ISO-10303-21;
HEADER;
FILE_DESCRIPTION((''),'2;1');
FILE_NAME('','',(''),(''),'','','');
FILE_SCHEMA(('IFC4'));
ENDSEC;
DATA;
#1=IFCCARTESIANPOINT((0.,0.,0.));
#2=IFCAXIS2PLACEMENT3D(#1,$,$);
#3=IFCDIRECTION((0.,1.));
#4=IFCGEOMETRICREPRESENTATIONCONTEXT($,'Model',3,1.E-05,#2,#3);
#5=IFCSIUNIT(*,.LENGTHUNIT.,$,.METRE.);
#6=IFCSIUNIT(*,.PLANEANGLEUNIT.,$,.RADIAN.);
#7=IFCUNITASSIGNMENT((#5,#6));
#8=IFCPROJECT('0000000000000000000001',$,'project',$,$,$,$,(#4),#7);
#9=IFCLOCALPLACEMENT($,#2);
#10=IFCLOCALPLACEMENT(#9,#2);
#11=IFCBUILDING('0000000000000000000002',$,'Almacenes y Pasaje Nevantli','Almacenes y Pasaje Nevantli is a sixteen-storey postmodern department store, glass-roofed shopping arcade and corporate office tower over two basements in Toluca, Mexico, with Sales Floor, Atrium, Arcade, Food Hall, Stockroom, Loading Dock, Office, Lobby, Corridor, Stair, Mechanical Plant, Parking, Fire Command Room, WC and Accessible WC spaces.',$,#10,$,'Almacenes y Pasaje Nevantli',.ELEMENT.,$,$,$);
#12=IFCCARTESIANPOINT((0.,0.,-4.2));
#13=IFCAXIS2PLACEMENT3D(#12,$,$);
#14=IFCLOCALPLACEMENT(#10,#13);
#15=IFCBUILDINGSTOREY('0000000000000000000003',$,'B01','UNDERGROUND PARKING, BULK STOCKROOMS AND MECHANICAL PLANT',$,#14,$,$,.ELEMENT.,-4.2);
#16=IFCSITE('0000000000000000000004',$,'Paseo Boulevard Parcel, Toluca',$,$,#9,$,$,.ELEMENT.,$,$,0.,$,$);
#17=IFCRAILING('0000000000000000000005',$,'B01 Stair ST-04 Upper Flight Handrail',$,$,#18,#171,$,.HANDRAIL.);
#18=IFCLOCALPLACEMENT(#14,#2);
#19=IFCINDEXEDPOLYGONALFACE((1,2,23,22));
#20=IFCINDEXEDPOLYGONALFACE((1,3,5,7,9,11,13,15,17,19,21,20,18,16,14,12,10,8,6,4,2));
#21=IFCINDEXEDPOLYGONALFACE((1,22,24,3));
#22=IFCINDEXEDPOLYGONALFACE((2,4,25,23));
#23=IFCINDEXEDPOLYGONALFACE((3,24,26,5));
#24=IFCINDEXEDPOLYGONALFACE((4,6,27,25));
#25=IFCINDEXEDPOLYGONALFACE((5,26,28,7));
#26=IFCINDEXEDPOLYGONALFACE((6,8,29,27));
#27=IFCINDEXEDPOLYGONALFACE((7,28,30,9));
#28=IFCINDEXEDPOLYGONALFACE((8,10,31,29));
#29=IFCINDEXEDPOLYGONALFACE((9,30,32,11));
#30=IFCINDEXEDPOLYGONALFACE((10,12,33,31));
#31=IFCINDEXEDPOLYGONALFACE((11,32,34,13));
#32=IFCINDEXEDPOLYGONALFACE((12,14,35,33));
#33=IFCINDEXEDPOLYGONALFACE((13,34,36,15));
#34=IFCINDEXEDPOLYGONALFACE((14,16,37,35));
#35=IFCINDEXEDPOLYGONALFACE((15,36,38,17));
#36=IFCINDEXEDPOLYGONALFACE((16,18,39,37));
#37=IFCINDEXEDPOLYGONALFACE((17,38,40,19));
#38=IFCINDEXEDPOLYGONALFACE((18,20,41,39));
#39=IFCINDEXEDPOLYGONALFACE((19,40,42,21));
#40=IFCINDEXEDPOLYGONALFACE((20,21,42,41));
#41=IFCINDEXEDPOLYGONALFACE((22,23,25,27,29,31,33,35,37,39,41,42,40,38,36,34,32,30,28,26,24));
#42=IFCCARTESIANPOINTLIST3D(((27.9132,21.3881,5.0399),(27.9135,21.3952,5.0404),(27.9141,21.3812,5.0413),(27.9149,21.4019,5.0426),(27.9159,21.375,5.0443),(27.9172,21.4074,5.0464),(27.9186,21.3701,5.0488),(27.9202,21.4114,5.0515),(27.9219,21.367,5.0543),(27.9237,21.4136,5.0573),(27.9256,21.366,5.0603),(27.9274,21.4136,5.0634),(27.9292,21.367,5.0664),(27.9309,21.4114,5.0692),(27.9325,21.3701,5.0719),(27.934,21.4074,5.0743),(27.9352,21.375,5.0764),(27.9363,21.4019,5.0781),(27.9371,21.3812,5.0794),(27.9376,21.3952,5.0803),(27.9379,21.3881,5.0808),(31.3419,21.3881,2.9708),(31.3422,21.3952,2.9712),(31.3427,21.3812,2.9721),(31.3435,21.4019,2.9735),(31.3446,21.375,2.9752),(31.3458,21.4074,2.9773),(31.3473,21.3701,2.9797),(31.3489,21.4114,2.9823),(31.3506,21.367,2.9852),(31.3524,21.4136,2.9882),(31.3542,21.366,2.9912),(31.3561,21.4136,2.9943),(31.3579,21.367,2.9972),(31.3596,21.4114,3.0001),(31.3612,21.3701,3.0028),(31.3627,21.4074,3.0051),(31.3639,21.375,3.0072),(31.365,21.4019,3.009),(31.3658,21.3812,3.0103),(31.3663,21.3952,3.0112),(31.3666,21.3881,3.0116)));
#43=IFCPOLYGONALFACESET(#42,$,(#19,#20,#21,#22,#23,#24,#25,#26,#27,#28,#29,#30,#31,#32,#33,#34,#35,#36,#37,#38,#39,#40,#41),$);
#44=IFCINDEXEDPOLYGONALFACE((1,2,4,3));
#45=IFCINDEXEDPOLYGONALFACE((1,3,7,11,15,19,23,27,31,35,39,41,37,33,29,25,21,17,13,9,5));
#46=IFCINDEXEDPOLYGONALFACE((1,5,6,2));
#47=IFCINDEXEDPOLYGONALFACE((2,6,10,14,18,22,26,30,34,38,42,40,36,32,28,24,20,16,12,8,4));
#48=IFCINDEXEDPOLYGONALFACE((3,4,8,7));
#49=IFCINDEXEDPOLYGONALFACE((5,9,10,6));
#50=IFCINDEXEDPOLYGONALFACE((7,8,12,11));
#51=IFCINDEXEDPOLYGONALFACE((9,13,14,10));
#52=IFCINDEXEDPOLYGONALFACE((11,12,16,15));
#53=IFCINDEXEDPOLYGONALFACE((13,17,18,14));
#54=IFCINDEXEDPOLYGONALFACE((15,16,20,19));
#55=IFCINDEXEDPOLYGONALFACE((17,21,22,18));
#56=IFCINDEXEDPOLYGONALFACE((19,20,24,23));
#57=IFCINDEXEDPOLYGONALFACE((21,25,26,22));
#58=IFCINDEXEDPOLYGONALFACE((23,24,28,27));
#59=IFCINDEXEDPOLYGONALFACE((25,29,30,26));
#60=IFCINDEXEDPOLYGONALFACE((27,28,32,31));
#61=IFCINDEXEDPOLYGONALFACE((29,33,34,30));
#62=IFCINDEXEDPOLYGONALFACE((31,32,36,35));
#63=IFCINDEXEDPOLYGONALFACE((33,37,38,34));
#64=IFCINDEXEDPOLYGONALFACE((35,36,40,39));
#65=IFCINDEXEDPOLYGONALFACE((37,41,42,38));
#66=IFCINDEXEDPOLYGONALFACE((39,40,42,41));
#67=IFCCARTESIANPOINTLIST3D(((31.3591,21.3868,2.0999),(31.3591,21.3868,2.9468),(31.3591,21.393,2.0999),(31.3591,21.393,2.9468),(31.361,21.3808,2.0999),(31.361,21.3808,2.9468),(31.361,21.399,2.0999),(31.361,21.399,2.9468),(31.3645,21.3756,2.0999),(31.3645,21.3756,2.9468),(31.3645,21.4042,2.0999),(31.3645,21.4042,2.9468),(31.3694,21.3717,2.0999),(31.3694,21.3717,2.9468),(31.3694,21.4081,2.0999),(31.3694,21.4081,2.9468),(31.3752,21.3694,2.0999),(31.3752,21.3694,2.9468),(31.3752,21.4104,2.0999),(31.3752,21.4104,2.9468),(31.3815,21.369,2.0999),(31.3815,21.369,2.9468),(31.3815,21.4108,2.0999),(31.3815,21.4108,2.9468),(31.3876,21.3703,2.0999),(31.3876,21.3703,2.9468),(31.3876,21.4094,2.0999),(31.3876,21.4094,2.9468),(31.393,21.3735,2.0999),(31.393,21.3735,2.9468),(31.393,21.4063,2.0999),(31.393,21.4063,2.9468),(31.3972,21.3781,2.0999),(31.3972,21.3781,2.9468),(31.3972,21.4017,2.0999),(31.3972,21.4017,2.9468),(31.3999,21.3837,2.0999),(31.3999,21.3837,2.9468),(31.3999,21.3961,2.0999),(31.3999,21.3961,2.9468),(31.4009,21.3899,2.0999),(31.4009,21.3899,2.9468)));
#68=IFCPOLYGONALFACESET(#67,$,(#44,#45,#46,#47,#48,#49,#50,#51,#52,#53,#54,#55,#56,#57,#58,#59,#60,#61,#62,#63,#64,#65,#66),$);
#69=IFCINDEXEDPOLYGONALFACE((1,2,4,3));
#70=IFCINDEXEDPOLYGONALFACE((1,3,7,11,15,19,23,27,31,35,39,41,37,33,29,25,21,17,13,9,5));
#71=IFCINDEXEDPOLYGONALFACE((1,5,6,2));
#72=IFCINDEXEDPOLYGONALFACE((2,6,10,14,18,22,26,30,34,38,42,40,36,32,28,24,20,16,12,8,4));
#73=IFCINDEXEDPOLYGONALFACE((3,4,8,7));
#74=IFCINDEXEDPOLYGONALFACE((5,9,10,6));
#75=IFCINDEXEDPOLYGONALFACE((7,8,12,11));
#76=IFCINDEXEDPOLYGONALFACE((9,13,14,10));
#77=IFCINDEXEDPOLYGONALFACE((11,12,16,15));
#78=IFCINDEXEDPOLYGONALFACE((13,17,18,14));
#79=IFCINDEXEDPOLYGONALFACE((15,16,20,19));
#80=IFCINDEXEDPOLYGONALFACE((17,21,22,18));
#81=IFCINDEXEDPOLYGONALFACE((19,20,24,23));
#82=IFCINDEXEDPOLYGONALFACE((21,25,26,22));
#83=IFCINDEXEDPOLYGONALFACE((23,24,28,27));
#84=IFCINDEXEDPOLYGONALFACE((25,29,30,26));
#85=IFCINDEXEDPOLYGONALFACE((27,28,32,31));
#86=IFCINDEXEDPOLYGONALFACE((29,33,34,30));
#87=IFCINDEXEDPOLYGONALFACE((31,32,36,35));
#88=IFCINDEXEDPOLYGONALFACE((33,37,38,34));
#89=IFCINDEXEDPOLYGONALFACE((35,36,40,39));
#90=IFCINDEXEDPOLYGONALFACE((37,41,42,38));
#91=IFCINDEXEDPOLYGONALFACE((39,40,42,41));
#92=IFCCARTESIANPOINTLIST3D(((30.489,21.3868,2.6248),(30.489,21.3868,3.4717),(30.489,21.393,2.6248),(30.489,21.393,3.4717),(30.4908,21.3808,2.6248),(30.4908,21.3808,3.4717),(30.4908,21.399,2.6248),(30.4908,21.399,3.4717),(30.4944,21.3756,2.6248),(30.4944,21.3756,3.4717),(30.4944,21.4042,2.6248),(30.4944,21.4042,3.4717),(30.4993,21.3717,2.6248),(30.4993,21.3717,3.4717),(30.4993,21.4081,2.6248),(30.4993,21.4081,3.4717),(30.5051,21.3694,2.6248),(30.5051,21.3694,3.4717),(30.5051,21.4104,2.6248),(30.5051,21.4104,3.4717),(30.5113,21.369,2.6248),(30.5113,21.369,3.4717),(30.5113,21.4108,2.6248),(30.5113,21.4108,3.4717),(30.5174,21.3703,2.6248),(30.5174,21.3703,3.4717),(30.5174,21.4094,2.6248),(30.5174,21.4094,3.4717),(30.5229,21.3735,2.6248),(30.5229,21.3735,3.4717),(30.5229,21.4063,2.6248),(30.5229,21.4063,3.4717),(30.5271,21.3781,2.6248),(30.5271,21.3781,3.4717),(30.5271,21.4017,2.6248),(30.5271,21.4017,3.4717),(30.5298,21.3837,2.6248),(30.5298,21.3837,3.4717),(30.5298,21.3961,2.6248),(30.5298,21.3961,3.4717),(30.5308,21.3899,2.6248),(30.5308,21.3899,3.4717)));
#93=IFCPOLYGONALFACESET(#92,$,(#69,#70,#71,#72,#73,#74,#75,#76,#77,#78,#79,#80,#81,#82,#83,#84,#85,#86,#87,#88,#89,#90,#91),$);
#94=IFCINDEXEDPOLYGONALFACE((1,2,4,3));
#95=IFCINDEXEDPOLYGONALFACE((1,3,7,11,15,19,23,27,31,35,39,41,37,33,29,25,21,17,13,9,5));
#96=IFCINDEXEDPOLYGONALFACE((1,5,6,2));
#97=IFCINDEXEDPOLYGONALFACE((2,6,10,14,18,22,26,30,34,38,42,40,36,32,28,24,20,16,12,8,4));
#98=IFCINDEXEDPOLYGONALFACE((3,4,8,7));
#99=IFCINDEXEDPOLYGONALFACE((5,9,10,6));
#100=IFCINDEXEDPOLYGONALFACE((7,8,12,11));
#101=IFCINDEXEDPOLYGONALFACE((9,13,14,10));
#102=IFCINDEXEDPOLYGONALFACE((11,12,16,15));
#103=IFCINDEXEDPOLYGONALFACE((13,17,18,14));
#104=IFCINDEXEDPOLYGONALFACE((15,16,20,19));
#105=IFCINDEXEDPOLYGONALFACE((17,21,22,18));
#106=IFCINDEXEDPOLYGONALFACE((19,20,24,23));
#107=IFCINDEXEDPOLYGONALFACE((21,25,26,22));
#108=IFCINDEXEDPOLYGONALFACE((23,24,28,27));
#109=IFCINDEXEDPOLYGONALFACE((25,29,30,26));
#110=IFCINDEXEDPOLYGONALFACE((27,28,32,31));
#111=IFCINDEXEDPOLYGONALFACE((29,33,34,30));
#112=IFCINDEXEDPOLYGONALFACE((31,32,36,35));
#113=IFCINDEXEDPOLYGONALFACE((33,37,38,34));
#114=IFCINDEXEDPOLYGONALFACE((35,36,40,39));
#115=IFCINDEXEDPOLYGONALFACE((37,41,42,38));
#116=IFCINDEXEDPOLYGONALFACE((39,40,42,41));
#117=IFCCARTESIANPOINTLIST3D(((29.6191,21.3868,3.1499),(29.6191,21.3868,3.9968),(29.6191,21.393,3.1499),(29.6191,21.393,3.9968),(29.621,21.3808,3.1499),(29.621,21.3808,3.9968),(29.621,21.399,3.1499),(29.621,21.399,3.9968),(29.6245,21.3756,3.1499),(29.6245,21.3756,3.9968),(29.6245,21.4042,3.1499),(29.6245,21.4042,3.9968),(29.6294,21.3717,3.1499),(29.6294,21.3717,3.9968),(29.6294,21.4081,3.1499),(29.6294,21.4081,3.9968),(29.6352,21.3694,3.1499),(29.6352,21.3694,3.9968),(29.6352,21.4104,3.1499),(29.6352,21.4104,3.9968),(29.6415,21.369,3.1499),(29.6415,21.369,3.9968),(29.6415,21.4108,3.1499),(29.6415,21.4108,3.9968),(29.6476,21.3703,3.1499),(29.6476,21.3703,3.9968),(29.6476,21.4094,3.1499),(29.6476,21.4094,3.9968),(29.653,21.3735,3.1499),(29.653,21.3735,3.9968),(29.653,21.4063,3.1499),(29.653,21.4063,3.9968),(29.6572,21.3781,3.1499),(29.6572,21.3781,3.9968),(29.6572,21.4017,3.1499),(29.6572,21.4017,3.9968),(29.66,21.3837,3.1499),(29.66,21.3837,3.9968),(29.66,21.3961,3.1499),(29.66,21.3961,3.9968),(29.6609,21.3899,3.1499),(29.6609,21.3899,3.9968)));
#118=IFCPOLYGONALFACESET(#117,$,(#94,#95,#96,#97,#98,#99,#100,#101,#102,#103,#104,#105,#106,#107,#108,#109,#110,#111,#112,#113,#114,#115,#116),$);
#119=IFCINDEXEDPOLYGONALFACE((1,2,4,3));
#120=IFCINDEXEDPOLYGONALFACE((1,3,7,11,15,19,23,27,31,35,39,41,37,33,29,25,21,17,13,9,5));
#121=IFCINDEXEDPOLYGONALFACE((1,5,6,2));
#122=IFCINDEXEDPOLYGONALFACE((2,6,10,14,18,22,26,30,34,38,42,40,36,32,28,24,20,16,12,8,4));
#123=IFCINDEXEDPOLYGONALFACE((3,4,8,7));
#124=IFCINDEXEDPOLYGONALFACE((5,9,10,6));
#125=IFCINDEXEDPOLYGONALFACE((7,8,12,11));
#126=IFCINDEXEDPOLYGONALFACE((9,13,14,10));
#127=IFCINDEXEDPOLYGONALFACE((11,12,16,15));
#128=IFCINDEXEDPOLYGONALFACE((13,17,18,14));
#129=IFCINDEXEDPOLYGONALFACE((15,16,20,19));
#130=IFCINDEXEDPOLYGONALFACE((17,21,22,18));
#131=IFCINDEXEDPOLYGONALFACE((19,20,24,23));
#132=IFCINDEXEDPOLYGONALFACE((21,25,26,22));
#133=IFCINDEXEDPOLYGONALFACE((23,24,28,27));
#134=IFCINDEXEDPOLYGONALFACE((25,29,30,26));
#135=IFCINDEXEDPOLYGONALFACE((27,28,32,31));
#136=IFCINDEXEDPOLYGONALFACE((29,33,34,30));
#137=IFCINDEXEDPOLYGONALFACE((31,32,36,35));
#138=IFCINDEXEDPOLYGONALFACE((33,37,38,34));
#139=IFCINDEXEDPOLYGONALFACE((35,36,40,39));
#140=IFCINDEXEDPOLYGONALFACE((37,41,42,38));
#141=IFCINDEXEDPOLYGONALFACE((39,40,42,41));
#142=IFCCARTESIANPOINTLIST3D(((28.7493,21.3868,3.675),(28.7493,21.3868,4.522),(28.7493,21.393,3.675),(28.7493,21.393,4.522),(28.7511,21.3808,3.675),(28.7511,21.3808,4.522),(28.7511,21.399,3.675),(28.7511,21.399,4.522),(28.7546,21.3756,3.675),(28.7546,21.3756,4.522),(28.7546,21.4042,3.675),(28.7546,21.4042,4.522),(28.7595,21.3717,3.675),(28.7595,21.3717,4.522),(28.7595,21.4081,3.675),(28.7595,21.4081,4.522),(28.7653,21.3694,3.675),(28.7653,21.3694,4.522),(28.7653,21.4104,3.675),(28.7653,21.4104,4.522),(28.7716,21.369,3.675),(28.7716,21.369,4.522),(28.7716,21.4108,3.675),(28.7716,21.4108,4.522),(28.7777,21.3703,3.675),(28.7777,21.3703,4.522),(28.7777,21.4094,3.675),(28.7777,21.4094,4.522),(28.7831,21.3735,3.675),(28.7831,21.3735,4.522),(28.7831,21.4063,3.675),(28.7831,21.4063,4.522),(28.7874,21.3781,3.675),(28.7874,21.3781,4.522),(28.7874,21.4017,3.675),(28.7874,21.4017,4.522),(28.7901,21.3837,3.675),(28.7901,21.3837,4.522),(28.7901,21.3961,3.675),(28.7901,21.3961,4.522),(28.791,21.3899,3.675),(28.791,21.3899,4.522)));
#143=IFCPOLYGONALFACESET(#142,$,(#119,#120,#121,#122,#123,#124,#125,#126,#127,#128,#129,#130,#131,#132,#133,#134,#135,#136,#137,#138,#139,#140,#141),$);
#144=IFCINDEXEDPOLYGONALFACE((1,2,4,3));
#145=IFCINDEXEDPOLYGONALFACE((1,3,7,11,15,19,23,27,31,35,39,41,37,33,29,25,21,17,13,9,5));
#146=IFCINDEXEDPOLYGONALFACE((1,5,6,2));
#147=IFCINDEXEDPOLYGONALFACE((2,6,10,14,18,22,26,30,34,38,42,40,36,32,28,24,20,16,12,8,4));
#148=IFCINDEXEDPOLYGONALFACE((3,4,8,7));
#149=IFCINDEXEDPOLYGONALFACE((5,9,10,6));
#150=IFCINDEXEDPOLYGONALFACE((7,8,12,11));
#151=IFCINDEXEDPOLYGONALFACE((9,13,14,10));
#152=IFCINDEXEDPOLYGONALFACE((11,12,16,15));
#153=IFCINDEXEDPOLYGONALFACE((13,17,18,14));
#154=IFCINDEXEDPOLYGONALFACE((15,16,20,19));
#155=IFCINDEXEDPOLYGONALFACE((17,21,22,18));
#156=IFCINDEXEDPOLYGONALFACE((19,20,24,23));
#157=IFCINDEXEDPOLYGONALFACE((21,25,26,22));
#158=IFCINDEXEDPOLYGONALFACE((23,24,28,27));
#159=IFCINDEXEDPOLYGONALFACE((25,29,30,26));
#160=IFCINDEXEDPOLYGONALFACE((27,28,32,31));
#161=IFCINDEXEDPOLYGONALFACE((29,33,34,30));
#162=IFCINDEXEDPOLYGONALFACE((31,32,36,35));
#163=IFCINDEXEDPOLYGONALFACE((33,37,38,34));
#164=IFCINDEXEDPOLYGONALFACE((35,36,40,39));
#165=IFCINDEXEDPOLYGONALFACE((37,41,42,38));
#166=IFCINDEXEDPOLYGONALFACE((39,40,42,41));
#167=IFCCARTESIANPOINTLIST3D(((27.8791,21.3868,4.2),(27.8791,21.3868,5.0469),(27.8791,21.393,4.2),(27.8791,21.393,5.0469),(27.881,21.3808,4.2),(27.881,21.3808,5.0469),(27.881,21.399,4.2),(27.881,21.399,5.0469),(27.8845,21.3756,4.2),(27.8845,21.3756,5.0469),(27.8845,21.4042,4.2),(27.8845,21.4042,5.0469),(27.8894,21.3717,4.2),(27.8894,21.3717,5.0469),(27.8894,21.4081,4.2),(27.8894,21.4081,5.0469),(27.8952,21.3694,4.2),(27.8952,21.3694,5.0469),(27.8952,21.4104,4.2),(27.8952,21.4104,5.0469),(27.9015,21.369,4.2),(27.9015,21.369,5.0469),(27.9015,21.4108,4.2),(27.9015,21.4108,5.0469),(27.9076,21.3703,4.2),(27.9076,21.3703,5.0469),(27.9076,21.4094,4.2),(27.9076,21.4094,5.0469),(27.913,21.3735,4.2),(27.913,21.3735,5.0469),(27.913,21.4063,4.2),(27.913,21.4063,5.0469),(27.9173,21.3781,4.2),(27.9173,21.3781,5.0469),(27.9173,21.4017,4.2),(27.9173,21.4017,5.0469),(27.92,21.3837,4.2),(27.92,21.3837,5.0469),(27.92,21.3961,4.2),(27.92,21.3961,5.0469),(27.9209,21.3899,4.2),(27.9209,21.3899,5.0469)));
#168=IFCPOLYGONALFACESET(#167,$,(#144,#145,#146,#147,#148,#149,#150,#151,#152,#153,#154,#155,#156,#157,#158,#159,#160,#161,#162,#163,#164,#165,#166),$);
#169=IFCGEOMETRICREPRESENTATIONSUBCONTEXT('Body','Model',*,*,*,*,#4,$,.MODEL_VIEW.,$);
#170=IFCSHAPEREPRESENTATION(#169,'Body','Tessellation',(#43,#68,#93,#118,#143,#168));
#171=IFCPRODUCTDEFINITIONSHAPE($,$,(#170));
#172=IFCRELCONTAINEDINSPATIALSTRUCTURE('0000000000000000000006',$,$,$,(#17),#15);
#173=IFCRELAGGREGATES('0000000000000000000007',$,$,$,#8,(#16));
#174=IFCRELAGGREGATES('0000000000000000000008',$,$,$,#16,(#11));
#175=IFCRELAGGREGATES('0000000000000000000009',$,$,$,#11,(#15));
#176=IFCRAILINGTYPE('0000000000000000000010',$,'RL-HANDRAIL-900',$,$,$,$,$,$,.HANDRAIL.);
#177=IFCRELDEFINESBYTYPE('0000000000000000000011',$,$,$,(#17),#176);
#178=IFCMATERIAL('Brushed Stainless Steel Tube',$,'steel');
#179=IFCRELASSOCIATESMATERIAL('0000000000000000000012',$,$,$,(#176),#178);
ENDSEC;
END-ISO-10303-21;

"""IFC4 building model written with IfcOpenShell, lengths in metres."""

from ifc_helpers import new_model, si_unit, direction, frame, origin, origin_2d, place, context, subcontext, project, spatial, circle, extrude, material, type_object, element, save


model = new_model("IFC4")

# Units and contexts
model_context = context("Model", 3, precision=1e-05, world=origin(), true_north=direction((0.0, 1.0)))
body_context = subcontext(model_context, "Body", "Model", "MODEL_VIEW")
ifc_project = project(units=[si_unit("LENGTHUNIT", "METRE"), si_unit("PLANEANGLEUNIT", "RADIAN")], contexts=[model_context])

# Site, building, storey
site_placement = place(None, origin())
site = spatial("IfcSite", under=ifc_project, at=site_placement, Name="Paseo Boulevard Parcel, Toluca", CompositionType="ELEMENT", RefElevation=0.0)
building_placement = place(site_placement, origin())
building = spatial("IfcBuilding", under=site, at=building_placement, Name="Almacenes y Pasaje Nevantli", Description="Almacenes y Pasaje Nevantli is a sixteen-storey postmodern department store, glass-roofed shopping arcade and corporate office tower over two basements in Toluca, Mexico, with Sales Floor, Atrium, Arcade, Food Hall, Stockroom, Loading Dock, Office, Lobby, Corridor, Stair, Mechanical Plant, Parking, Fire Command Room, WC and Accessible WC spaces.", LongName="Almacenes y Pasaje Nevantli", CompositionType="ELEMENT")
storey_placement = place(building_placement, frame((0.0, 0.0, -4.2)))
storey = spatial("IfcBuildingStorey", under=building, at=storey_placement, Name="B01", Description="UNDERGROUND PARKING, BULK STOCKROOMS AND MECHANICAL PLANT", CompositionType="ELEMENT", Elevation=-4.2)

# Railing
ifc_material_1 = material(Name="Brushed Stainless Steel Tube", Category="steel")
railing_type_1 = type_object("IfcRailingType", Name="RL-HANDRAIL-900", PredefinedType="HANDRAIL", material=ifc_material_1)
railing_1_placement = place(storey_placement, frame((31.3799, 21.3899, 2.0999)))
element("IfcRailing", 1, at=railing_1_placement, inside=storey, type_object=railing_type_1, Name="B01 Stair ST-04 Upper Flight Handrail", PredefinedType="HANDRAIL", context=body_context, shape_type="SweptSolid", body=[
    extrude(circle(Radius=0.0239, at=origin_2d()), frame((-0.0256, 0.0, 0.8914), z_axis=(-0.856176, 0.0, 0.516685), x_axis=(0.0, -1.0, 0.0)), (0.0, 0.0, 1.0), 4.0046),
    extrude(circle(Radius=0.021, at=origin_2d()), origin(), (0.0, 0.0, 1.0), 0.8469),
    extrude(circle(Radius=0.021, at=origin_2d()), frame((-0.8701, 0.0, 0.5249)), (0.0, 0.0, 1.0), 0.8469),
    extrude(circle(Radius=0.021, at=origin_2d()), frame((-1.74, 0.0, 1.05)), (0.0, 0.0, 1.0), 0.8469),
    extrude(circle(Radius=0.021, at=origin_2d()), frame((-2.6099, 0.0, 1.5752)), (0.0, 0.0, 1.0), 0.8469),
    extrude(circle(Radius=0.021, at=origin_2d()), frame((-3.48, 0.0, 2.1001)), (0.0, 0.0, 1.0), 0.8469),
])

save(model, "model.ifc")
